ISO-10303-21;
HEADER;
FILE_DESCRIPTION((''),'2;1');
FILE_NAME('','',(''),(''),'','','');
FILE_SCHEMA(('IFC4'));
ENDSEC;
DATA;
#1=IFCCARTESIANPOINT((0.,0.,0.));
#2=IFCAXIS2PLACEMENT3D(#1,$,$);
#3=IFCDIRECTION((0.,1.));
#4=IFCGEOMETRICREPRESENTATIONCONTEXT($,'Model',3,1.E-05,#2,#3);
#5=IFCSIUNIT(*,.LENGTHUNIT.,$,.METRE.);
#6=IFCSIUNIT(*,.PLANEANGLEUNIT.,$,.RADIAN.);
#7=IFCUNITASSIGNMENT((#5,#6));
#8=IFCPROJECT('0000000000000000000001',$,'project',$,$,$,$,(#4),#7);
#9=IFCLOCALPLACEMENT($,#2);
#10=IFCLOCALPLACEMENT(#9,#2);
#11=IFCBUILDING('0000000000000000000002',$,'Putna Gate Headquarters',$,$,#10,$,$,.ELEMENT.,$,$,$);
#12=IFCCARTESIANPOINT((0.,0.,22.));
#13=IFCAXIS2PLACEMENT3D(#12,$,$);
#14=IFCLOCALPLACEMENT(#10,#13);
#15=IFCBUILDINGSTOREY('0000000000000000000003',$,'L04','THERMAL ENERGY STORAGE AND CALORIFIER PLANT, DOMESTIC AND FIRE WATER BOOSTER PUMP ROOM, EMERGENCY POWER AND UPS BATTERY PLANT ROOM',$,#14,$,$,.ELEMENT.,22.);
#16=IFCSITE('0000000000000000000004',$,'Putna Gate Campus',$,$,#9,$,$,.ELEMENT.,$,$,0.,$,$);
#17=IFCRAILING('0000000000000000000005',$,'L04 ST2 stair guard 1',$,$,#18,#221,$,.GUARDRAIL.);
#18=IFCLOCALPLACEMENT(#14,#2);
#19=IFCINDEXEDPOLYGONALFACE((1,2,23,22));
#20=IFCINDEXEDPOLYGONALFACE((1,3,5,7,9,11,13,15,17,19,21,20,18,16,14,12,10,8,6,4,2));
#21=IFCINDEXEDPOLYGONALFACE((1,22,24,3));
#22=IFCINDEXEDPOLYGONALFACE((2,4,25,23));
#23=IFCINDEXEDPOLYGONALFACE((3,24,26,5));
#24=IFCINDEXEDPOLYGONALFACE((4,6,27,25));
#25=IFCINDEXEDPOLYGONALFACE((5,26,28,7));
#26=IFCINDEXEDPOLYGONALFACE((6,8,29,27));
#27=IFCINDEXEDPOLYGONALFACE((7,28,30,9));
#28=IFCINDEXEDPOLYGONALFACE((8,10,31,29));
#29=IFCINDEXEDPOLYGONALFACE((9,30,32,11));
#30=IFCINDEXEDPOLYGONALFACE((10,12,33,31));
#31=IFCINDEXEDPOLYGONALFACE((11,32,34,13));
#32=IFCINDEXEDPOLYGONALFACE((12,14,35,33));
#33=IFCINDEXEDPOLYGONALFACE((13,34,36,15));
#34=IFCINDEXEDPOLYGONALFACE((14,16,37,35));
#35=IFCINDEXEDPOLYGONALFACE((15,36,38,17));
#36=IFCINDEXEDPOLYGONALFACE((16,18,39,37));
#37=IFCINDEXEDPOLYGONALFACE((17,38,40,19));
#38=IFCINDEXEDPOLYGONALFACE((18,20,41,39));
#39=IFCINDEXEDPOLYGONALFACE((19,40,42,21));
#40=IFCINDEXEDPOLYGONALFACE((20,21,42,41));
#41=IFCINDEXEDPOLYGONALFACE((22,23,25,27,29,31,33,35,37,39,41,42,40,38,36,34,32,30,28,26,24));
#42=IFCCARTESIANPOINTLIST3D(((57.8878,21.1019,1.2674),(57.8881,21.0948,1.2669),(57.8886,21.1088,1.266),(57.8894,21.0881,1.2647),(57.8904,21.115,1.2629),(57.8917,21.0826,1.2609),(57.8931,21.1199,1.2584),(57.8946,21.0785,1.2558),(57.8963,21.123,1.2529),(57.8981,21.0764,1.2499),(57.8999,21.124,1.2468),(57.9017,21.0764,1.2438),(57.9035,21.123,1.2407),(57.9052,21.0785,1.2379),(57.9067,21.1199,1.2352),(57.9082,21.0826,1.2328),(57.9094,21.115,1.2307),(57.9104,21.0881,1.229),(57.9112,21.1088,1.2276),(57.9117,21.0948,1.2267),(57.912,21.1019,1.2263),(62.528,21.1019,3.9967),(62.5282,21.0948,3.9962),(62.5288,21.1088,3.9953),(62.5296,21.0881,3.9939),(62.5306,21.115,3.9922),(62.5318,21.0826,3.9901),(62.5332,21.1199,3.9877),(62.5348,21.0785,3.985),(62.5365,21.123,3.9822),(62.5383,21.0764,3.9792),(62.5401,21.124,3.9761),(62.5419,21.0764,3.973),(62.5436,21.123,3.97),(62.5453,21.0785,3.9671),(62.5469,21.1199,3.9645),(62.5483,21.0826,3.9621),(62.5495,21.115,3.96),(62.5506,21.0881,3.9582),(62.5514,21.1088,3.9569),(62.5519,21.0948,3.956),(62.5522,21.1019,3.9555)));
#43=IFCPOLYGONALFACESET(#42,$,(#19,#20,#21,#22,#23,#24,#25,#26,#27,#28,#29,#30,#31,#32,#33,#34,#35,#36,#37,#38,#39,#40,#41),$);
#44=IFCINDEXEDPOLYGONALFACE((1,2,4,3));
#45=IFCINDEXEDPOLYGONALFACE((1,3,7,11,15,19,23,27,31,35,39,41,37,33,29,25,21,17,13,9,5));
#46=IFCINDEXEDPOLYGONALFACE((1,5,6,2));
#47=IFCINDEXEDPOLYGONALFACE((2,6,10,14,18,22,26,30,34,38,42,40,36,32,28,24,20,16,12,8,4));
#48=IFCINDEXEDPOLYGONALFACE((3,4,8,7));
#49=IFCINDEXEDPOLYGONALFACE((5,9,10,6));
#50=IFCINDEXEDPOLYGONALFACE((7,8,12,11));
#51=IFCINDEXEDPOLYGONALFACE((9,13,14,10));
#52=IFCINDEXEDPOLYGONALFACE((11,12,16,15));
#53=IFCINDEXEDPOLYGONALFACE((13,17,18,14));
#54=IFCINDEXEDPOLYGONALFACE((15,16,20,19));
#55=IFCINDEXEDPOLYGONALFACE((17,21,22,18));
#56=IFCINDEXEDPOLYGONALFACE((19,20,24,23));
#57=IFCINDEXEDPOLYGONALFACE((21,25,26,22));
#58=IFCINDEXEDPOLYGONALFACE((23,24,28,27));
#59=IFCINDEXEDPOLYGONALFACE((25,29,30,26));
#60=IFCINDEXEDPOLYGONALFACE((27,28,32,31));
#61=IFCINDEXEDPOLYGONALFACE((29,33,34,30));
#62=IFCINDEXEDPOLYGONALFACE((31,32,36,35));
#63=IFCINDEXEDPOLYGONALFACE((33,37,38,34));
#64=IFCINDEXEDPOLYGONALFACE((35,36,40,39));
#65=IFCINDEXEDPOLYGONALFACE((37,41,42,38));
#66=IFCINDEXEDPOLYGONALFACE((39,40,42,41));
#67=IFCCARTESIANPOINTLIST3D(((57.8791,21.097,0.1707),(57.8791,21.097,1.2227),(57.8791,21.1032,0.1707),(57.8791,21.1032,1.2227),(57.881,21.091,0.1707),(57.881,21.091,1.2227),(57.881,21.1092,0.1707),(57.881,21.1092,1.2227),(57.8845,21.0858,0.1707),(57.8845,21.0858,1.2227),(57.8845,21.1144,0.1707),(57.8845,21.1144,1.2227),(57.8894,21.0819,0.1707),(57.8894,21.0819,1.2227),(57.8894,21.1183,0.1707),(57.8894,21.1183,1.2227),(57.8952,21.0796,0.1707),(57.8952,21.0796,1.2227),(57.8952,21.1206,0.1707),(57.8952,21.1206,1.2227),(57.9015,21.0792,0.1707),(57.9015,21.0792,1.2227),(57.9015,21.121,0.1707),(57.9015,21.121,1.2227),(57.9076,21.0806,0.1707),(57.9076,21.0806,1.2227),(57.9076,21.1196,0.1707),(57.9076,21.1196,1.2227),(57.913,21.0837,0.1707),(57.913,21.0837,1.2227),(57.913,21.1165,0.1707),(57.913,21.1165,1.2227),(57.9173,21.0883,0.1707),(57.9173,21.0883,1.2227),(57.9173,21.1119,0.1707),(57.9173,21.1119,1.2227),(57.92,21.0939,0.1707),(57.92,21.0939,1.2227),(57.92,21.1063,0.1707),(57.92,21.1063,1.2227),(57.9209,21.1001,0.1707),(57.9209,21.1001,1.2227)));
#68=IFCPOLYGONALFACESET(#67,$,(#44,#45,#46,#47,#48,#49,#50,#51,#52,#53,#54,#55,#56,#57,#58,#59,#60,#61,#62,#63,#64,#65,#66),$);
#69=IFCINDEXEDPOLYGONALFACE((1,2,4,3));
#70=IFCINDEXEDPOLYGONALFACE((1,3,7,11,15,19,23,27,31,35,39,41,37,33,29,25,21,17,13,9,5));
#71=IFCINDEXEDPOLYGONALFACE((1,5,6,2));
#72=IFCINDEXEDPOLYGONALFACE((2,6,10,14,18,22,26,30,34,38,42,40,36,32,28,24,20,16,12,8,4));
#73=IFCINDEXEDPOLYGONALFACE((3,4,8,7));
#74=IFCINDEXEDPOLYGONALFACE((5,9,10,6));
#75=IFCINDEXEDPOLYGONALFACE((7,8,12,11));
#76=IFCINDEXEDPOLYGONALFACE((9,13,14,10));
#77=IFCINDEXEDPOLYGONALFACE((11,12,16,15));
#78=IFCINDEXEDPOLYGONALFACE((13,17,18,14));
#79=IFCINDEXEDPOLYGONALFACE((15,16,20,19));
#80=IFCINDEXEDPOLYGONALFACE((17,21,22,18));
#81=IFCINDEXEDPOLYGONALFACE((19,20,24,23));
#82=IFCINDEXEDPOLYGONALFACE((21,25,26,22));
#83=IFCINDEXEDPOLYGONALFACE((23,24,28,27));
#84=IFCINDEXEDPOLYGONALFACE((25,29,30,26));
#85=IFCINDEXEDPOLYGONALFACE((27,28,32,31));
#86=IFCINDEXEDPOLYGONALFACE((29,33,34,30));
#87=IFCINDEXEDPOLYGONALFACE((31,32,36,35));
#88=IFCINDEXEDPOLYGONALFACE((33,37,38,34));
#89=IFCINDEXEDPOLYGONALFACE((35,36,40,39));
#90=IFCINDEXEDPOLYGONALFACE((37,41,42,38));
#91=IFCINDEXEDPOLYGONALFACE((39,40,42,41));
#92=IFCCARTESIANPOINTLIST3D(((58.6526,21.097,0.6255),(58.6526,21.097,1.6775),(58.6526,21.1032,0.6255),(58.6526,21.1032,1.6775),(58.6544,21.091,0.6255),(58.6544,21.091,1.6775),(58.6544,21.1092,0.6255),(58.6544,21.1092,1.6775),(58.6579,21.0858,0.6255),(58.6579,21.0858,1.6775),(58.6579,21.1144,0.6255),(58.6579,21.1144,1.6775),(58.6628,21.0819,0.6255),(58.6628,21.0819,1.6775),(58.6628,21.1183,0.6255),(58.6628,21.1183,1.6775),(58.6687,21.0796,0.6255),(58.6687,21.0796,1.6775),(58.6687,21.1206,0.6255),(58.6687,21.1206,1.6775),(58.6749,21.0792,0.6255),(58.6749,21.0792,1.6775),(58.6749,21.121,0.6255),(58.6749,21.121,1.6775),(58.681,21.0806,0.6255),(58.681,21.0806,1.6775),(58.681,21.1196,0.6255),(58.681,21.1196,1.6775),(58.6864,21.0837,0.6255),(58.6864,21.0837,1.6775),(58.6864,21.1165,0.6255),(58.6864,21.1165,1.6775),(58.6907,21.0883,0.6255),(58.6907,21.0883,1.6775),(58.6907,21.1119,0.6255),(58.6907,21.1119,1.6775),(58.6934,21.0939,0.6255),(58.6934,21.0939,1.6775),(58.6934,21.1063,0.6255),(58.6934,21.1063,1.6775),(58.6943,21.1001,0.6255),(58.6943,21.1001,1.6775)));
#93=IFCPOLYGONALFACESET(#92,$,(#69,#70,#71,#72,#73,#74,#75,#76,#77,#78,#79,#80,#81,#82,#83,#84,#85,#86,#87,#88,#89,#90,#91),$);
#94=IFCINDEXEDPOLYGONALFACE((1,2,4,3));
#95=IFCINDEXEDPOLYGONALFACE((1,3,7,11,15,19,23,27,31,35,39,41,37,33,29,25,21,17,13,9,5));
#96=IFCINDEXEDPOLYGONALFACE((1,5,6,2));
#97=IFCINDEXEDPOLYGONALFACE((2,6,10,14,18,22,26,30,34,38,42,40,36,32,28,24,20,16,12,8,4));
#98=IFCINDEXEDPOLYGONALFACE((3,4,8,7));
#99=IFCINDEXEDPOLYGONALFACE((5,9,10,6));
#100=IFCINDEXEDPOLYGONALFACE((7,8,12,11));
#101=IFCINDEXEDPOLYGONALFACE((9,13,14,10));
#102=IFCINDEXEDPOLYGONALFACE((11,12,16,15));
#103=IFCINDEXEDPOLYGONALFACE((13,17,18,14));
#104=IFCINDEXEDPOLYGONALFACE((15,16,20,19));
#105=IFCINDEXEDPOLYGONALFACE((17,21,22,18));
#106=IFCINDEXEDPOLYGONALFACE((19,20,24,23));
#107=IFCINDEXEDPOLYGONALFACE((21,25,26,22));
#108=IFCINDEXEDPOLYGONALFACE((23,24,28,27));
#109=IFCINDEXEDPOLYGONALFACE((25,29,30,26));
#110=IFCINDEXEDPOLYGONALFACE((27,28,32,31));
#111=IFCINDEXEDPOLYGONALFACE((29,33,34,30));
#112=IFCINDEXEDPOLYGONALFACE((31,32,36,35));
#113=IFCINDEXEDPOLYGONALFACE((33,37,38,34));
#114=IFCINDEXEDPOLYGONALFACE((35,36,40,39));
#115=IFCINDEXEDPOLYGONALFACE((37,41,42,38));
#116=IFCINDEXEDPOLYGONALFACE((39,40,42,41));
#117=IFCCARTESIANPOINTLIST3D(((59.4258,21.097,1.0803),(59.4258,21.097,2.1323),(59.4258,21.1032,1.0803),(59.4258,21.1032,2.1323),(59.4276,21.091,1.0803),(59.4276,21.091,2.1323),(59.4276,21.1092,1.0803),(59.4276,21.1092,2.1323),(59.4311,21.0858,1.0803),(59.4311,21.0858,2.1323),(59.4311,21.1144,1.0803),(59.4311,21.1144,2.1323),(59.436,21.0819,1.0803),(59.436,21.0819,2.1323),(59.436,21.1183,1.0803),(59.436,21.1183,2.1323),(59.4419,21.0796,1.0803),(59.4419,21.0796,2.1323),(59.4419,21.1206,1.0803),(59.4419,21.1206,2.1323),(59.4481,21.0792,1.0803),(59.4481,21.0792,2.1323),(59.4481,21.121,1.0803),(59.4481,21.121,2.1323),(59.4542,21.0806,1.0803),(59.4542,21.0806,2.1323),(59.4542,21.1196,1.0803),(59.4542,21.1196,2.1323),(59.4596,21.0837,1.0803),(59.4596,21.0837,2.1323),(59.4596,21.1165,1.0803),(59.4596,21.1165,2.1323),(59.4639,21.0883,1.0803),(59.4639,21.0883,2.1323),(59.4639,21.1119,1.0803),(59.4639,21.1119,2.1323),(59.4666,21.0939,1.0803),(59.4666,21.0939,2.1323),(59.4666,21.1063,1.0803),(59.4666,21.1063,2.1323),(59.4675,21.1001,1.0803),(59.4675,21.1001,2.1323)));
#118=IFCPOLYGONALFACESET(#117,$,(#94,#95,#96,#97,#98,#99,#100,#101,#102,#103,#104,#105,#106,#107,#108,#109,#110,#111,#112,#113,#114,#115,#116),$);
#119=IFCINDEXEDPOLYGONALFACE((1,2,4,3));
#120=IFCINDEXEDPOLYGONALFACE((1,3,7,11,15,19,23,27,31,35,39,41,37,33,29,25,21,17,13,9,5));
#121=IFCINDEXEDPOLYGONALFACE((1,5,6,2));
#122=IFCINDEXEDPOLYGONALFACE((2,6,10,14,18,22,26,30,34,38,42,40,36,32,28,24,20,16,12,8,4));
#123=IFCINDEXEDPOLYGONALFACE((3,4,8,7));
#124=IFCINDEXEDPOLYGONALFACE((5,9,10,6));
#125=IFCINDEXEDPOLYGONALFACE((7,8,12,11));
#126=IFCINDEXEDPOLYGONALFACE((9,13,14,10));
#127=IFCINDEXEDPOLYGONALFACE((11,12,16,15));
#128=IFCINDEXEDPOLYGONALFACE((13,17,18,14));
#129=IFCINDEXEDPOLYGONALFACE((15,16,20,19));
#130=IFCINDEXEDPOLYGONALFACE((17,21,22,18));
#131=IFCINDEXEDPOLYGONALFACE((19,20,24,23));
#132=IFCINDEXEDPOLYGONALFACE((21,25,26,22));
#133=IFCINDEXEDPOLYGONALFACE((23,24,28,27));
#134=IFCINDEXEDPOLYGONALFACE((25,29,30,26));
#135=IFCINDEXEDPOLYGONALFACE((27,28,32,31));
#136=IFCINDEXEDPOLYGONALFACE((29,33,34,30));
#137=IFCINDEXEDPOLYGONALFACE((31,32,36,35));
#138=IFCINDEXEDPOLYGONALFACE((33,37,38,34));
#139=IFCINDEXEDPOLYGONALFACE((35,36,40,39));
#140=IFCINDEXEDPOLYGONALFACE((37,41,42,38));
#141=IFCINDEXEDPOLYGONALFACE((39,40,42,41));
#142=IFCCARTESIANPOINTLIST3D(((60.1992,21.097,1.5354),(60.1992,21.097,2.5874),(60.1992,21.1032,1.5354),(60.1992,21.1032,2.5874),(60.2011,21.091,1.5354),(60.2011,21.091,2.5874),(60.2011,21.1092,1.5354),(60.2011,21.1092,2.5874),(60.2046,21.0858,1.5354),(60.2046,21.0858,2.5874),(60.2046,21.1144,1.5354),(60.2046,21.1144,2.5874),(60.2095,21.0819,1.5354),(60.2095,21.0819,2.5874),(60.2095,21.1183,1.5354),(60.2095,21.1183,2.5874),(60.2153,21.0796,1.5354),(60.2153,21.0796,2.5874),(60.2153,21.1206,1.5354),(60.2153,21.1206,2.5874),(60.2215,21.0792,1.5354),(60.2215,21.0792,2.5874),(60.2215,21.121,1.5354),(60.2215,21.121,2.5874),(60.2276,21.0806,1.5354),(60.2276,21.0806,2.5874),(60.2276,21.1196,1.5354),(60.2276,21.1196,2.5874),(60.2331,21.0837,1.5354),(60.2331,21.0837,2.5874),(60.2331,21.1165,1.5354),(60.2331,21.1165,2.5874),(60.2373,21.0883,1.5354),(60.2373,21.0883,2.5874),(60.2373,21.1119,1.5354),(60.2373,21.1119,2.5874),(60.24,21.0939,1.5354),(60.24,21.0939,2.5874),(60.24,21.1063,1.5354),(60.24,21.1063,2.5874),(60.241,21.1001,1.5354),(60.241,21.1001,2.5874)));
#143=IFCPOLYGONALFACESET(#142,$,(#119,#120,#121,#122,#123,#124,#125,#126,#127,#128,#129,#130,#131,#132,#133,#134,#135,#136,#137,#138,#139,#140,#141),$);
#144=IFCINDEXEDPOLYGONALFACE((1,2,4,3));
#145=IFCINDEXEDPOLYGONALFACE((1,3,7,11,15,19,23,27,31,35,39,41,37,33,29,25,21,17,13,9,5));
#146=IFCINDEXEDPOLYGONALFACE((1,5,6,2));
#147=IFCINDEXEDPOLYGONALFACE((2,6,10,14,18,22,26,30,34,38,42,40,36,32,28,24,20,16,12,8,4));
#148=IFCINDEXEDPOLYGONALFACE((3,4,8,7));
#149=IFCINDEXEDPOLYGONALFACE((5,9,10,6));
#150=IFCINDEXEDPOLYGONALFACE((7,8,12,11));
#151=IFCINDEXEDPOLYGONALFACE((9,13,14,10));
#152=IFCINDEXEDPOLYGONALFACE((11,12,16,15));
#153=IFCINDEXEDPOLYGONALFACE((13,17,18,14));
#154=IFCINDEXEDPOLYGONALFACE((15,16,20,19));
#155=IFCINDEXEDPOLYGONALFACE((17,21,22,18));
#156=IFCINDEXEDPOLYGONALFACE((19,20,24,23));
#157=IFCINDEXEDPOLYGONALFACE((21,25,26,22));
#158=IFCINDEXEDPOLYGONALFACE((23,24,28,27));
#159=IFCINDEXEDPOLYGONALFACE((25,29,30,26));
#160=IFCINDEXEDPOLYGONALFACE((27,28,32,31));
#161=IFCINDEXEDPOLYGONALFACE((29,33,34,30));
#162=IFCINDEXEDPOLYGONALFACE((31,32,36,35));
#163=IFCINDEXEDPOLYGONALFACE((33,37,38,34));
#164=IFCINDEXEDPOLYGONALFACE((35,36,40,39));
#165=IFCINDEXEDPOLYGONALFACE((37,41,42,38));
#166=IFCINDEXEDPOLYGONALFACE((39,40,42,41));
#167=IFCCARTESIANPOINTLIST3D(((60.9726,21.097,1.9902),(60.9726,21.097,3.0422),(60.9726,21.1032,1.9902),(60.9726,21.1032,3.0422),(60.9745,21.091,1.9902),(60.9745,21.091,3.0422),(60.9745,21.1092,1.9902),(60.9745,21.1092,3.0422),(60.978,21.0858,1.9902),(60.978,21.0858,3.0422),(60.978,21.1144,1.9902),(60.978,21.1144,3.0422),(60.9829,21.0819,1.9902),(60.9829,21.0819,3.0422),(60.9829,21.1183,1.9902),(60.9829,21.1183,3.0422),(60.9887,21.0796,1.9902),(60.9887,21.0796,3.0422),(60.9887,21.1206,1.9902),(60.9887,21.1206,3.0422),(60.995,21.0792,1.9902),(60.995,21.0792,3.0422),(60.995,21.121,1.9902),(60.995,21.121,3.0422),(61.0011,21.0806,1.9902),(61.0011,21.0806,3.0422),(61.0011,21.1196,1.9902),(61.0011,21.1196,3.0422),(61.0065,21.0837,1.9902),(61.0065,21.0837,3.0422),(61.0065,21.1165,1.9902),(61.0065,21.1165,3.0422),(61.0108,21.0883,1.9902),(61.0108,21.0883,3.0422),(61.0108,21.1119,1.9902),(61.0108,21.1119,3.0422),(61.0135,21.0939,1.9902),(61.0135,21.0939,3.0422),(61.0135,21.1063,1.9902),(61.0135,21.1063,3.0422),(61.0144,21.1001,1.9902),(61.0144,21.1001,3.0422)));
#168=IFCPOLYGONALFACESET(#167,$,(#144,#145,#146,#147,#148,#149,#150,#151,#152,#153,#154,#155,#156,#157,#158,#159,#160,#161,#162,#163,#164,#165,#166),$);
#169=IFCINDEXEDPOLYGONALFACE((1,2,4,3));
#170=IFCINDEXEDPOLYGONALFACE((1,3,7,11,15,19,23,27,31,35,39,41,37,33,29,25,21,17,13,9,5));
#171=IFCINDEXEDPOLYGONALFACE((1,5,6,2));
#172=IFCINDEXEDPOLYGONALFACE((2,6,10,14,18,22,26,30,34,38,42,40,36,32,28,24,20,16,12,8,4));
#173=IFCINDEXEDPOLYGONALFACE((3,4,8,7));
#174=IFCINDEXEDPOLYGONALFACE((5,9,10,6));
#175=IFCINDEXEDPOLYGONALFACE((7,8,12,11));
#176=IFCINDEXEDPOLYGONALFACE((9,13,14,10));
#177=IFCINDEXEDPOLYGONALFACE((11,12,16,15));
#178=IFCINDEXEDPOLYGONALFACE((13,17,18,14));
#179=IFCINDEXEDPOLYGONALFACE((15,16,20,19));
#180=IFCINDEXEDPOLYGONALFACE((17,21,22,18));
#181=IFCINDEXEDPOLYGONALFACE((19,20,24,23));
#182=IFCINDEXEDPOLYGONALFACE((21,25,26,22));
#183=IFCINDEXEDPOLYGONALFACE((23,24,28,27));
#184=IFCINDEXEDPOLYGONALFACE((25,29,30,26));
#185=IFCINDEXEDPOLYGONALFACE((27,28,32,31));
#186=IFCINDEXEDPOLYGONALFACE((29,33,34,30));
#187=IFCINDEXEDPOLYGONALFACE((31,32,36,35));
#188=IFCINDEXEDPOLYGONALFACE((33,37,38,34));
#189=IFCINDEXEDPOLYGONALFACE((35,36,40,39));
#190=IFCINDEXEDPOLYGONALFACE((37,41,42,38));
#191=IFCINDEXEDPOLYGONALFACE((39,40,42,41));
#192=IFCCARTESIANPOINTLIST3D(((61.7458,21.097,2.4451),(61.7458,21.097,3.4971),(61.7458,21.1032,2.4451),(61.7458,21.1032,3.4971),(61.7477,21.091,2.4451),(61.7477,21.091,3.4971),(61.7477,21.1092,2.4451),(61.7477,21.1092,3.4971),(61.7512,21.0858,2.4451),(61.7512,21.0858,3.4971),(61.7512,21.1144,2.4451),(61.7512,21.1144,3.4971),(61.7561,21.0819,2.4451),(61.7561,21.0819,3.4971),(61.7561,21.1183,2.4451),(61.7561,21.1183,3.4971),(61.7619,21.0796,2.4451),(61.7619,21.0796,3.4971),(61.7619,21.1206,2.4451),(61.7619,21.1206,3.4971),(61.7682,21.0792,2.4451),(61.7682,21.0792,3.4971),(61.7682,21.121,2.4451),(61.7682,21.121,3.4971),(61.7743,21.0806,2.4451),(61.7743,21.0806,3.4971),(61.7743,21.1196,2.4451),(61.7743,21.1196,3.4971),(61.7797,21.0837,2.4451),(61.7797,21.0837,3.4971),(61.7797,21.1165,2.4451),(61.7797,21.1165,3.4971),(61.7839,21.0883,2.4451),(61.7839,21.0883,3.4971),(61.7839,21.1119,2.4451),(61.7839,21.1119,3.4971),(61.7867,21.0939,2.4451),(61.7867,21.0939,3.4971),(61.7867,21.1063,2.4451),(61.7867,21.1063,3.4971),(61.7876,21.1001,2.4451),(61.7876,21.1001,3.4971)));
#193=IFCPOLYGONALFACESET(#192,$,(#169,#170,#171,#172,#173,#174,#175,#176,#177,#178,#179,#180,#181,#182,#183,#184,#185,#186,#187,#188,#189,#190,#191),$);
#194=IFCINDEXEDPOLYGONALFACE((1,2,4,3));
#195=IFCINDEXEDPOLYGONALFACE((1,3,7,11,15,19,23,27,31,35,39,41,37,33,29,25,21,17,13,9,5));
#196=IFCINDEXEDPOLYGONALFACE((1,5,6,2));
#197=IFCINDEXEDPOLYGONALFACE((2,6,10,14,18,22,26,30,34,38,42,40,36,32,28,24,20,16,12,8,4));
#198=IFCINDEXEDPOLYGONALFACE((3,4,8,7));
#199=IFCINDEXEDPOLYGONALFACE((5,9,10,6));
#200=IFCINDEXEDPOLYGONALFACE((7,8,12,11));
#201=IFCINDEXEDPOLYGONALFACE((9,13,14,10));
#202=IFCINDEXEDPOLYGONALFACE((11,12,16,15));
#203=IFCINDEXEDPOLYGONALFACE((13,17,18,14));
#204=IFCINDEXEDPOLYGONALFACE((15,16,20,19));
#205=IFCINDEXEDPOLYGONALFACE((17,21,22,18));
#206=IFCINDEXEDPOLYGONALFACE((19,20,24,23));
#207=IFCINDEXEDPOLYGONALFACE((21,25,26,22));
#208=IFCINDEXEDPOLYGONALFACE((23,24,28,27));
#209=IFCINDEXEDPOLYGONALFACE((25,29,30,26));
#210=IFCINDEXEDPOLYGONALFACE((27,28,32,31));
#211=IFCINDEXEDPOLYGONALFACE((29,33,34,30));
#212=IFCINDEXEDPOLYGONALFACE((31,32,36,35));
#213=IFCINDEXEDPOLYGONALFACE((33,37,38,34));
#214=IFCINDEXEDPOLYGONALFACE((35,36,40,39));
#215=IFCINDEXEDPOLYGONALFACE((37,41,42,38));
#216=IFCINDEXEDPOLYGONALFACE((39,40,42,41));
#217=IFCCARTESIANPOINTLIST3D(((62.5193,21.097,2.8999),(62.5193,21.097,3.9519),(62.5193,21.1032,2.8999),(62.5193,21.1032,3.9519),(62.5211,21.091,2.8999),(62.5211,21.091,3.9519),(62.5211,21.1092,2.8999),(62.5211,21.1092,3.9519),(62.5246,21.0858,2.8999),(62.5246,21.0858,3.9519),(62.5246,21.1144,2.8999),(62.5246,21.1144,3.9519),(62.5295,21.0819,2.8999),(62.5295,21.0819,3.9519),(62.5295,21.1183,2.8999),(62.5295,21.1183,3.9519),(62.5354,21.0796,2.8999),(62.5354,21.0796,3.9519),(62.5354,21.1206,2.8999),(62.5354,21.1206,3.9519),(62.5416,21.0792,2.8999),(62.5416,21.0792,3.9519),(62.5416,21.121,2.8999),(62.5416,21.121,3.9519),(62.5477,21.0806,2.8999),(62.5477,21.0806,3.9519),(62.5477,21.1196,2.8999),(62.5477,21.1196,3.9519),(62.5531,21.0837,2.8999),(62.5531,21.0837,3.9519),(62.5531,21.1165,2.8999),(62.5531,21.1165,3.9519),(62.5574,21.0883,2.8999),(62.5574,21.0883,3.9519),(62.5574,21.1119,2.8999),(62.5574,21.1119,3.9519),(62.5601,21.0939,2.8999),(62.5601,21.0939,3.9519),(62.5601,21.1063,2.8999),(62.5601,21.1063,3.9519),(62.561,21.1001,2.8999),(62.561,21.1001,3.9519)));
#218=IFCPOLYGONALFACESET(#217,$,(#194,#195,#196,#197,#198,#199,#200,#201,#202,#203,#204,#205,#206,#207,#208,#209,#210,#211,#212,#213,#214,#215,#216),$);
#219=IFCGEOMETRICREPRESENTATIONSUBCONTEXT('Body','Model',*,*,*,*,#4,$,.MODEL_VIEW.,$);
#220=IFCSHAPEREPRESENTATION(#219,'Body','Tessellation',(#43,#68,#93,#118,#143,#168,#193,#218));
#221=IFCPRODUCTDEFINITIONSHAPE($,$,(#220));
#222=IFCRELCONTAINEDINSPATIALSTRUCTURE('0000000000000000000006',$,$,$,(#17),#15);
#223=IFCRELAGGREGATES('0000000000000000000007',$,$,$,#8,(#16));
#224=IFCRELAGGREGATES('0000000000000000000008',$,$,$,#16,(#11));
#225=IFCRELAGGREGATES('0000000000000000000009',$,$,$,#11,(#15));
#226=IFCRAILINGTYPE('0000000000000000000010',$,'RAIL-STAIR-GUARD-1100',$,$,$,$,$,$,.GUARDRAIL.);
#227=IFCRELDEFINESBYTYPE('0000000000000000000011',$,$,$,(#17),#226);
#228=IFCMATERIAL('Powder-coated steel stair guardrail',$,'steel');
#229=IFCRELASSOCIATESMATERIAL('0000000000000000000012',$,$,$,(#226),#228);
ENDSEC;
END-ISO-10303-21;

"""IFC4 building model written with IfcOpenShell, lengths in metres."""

from ifc_helpers import new_model, si_unit, direction, frame, origin, origin_2d, place, context, subcontext, project, spatial, circle, extrude, material, type_object, element, save


model = new_model("IFC4")

# Units and contexts
model_context = context("Model", 3, precision=1e-05, world=origin(), true_north=direction((0.0, 1.0)))
body_context = subcontext(model_context, "Body", "Model", "MODEL_VIEW")
ifc_project = project(units=[si_unit("LENGTHUNIT", "METRE"), si_unit("PLANEANGLEUNIT", "RADIAN")], contexts=[model_context])

# Site, building, storey
site_placement = place(None, origin())
site = spatial("IfcSite", under=ifc_project, at=site_placement, Name="Putna Gate Campus", CompositionType="ELEMENT", RefElevation=0.0)
building_placement = place(site_placement, origin())
building = spatial("IfcBuilding", under=site, at=building_placement, Name="Putna Gate Headquarters", CompositionType="ELEMENT")
storey_placement = place(building_placement, frame((0.0, 0.0, 22.0)))
storey = spatial("IfcBuildingStorey", under=building, at=storey_placement, Name="L04", Description="THERMAL ENERGY STORAGE AND CALORIFIER PLANT, DOMESTIC AND FIRE WATER BOOSTER PUMP ROOM, EMERGENCY POWER AND UPS BATTERY PLANT ROOM", CompositionType="ELEMENT", Elevation=22.0)

# Railing
ifc_material_1 = material(Name="Powder-coated steel stair guardrail", Category="steel")
railing_type_1 = type_object("IfcRailingType", Name="RAIL-STAIR-GUARD-1100", PredefinedType="GUARDRAIL", material=ifc_material_1)
railing_1_placement = place(storey_placement, frame((57.8999, 21.1001, 0.1707)))
element("IfcRailing", 1, at=railing_1_placement, inside=storey, type_object=railing_type_1, Name="L04 ST2 stair guard 1", PredefinedType="GUARDRAIL", context=body_context, shape_type="SweptSolid", body=[
    extrude(circle(Radius=0.0239, at=origin_2d()), frame((0.0, 0.0, 1.0762), z_axis=(0.861954, 0.0, 0.506986), x_axis=(0.0, 1.0, 0.0)), (0.0, 0.0, 1.0), 5.3833),
    extrude(circle(Radius=0.021, at=origin_2d()), origin(), (0.0, 0.0, 1.0), 1.052),
    extrude(circle(Radius=0.021, at=origin_2d()), frame((0.7734, 0.0, 0.4548)), (0.0, 0.0, 1.0), 1.052),
    extrude(circle(Radius=0.021, at=origin_2d()), frame((1.5466, 0.0, 0.9097)), (0.0, 0.0, 1.0), 1.052),
    extrude(circle(Radius=0.021, at=origin_2d()), frame((2.3201, 0.0, 1.3647)), (0.0, 0.0, 1.0), 1.052),
    extrude(circle(Radius=0.021, at=origin_2d()), frame((3.0935, 0.0, 1.8196)), (0.0, 0.0, 1.0), 1.052),
    extrude(circle(Radius=0.021, at=origin_2d()), frame((3.8667, 0.0, 2.2744)), (0.0, 0.0, 1.0), 1.052),
    extrude(circle(Radius=0.021, at=origin_2d()), frame((4.6401, 0.0, 2.7292)), (0.0, 0.0, 1.0), 1.052),
])

save(model, "model.ifc")
